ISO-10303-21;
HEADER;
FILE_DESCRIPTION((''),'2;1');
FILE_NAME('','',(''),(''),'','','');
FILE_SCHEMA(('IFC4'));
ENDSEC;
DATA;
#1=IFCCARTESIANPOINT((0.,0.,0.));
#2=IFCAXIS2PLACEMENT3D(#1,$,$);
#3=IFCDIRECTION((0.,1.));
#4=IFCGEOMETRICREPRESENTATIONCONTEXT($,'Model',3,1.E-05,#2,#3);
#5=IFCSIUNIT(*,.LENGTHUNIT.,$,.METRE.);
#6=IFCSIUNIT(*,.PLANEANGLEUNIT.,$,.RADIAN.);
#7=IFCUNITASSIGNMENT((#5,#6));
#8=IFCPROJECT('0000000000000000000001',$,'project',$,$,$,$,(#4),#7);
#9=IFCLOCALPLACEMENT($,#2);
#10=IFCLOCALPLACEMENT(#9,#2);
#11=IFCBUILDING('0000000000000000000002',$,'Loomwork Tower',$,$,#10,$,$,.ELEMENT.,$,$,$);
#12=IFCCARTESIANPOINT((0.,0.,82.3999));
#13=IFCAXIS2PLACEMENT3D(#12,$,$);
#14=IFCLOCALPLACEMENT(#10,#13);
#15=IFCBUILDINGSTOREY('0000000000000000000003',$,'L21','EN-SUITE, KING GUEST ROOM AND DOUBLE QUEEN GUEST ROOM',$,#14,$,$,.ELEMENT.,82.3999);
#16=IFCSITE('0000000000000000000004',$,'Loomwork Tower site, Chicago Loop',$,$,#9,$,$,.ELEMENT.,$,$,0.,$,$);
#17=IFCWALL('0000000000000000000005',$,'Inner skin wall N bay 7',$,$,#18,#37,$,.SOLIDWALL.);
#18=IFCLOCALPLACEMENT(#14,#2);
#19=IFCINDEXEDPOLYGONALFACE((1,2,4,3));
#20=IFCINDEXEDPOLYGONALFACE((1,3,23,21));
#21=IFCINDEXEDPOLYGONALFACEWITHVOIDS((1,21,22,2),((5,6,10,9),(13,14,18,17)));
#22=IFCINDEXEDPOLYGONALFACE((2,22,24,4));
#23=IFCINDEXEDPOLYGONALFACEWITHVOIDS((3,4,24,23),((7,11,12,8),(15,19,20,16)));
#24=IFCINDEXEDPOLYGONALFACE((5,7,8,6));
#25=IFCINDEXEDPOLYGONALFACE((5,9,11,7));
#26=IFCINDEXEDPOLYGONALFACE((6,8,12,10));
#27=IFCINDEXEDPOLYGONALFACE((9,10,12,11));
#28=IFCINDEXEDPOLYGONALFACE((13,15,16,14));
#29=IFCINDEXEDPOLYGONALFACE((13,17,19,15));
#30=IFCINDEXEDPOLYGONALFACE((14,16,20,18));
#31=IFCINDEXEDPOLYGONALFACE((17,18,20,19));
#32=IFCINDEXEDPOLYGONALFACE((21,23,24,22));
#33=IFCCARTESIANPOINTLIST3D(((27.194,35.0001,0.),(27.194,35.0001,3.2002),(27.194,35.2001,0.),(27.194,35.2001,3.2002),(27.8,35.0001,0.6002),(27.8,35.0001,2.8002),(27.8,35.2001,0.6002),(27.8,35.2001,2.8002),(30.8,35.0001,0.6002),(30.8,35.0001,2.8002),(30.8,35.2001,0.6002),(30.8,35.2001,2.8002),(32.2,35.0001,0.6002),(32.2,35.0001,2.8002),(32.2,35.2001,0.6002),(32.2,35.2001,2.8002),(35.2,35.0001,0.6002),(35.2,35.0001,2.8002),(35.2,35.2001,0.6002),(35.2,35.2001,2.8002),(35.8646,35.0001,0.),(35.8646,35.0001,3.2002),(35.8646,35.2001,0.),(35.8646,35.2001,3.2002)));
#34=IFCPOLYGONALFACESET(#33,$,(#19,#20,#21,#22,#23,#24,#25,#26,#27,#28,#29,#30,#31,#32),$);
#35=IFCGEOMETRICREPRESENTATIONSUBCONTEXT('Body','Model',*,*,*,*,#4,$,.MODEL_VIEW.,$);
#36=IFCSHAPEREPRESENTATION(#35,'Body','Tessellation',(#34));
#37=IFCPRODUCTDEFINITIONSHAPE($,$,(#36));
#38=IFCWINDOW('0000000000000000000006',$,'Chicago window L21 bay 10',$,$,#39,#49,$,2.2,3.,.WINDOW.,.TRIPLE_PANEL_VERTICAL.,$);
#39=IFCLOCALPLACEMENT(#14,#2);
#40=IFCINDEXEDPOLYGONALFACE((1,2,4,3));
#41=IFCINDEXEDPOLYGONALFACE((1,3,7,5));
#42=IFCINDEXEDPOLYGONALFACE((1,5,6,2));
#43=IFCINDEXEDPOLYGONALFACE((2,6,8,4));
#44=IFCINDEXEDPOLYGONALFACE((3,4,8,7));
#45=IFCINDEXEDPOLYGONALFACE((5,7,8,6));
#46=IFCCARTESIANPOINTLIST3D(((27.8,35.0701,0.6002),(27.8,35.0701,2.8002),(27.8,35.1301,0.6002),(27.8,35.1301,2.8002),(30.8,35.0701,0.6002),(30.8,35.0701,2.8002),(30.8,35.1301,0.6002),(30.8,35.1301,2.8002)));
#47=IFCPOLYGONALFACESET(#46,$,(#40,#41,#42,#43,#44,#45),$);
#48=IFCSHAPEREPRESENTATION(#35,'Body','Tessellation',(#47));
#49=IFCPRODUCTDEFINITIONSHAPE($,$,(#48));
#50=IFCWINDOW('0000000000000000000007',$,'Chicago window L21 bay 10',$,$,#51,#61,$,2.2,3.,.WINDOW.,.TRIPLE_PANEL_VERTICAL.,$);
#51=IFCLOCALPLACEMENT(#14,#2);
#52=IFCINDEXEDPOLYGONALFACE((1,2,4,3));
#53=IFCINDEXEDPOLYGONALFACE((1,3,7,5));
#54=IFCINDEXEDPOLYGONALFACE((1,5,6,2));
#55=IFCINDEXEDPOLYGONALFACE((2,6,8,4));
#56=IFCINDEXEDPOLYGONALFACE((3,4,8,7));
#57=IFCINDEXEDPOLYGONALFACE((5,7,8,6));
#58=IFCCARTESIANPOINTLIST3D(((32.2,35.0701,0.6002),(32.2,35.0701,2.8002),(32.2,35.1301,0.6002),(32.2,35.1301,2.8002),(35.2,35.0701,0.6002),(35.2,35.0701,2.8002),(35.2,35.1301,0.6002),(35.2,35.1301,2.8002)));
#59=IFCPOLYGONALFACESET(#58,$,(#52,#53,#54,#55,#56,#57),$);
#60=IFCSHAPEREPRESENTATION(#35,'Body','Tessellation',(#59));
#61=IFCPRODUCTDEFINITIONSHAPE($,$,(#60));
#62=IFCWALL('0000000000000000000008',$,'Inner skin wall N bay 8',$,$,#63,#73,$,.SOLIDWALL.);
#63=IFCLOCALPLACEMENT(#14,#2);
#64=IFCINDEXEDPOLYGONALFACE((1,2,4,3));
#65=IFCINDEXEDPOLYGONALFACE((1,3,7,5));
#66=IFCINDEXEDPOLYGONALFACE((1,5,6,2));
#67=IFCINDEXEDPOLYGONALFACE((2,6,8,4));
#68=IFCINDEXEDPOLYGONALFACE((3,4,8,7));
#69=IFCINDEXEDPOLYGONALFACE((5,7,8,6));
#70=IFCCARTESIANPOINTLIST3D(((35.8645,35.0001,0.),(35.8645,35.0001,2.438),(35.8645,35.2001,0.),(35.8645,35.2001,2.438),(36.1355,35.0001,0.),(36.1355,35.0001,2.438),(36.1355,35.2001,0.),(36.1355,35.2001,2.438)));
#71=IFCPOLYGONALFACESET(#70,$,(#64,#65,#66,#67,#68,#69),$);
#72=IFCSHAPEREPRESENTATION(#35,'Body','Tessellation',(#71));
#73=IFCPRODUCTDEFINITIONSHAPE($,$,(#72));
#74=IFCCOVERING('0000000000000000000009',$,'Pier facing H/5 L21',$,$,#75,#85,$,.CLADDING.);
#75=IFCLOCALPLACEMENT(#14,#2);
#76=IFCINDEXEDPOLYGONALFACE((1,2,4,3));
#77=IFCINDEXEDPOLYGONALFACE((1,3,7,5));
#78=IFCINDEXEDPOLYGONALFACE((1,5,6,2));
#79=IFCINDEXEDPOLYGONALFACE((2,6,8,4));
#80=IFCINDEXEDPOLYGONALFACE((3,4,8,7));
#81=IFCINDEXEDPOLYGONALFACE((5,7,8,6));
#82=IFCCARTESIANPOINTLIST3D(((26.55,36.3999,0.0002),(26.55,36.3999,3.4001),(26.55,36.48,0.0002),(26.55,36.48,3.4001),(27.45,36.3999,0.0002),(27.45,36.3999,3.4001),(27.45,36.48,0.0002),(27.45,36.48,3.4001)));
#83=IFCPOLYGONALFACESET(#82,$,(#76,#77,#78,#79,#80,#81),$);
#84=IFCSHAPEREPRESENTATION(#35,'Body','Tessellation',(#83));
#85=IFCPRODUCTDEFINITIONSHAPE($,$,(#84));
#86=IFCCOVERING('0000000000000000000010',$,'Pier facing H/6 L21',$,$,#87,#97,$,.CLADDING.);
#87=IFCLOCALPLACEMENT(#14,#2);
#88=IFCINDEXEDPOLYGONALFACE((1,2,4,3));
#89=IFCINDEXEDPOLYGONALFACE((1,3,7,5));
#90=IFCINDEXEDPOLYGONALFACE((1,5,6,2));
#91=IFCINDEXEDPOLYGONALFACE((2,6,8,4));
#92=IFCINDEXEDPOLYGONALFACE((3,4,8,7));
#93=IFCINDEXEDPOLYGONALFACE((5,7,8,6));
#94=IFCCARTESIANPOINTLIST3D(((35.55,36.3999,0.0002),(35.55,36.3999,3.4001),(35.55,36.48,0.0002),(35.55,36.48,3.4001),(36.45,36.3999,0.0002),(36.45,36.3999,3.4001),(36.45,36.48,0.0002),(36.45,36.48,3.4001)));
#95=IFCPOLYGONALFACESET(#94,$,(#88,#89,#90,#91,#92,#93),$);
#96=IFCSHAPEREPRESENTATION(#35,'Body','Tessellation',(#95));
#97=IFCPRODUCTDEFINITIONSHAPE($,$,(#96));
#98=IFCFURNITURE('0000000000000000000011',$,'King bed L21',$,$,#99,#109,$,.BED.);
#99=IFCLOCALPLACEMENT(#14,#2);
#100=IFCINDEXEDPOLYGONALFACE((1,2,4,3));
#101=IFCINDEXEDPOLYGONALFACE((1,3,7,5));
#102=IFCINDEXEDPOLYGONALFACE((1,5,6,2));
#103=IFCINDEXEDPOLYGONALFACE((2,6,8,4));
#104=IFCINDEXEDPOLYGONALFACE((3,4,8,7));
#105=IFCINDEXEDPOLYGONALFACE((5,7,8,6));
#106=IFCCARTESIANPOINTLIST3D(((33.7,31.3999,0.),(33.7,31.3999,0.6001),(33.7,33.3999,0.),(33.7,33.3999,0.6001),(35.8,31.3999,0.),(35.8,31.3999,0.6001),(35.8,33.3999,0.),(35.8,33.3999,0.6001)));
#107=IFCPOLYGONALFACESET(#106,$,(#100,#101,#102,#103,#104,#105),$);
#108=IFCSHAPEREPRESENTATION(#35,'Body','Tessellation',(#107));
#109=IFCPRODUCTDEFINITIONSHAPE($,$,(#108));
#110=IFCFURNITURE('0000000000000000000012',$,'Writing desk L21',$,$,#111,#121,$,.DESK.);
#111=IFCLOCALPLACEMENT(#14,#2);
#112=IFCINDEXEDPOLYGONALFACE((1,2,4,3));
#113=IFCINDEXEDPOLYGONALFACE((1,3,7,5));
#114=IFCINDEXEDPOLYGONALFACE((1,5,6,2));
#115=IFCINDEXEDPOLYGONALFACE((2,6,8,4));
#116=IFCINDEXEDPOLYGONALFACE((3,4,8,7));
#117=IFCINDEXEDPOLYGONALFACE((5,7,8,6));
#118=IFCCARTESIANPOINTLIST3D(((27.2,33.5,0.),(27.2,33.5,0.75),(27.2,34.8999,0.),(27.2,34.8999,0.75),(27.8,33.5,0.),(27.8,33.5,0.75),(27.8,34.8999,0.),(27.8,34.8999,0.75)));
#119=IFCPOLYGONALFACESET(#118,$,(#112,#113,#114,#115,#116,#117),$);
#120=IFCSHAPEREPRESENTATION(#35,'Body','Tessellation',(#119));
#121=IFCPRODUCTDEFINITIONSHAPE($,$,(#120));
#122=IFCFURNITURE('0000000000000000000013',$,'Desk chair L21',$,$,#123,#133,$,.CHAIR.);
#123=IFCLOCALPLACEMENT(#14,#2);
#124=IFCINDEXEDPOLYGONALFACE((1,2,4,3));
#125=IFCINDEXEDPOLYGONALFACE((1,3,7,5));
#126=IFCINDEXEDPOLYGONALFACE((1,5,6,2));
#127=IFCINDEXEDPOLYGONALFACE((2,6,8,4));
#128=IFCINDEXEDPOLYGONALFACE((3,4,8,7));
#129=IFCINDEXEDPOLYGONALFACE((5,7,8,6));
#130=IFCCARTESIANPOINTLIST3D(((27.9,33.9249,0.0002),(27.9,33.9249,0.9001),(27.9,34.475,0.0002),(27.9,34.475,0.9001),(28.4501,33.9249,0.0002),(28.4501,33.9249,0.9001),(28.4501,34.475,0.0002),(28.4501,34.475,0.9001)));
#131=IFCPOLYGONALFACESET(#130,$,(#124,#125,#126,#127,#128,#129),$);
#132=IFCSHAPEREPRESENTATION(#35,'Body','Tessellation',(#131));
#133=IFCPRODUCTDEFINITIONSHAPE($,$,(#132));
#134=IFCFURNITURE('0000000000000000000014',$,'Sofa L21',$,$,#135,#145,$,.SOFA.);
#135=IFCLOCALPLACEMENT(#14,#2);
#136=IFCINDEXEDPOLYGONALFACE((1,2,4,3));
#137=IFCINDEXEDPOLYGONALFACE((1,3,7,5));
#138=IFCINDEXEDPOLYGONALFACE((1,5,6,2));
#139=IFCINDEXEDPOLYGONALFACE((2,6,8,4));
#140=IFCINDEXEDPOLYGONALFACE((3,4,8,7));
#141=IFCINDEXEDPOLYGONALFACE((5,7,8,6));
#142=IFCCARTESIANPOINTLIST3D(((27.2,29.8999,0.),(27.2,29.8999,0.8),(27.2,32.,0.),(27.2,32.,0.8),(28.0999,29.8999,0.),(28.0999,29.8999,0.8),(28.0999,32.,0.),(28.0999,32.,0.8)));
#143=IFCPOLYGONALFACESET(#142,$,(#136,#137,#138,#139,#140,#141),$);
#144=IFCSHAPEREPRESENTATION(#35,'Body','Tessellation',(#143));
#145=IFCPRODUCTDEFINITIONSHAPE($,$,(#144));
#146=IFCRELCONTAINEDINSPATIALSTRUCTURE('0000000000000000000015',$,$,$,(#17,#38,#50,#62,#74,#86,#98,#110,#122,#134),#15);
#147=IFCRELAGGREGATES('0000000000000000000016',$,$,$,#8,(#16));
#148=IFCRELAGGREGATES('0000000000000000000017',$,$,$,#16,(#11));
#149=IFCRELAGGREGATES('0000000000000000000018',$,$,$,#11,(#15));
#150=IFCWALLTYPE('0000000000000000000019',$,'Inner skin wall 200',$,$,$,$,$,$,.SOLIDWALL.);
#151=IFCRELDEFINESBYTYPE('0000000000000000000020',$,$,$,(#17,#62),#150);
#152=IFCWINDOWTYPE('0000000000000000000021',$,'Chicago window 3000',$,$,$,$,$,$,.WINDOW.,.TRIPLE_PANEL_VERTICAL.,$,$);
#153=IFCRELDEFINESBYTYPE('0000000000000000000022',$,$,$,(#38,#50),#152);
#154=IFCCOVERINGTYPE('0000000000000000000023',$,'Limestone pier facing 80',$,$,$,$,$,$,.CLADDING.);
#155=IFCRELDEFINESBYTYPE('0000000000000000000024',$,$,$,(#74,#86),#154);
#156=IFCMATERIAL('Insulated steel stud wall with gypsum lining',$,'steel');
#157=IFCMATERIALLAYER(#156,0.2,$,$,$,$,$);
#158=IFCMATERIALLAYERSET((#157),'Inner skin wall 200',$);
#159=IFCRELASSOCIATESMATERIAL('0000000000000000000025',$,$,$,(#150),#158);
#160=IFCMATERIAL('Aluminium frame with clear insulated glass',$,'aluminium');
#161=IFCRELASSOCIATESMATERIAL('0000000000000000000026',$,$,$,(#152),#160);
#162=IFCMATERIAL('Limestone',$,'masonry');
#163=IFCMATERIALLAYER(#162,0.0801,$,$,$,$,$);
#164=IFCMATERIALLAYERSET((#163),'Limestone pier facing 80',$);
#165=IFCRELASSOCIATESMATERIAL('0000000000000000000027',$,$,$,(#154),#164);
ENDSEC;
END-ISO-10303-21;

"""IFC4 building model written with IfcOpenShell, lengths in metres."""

from ifc_helpers import new_model, si_unit, direction, frame, frame_2d, origin, origin_2d, place, context, subcontext, project, spatial, rectangle, extrude, material, layer, layer_set, type_object, element, fill, save


model = new_model("IFC4")

# Units and contexts
model_context = context("Model", 3, precision=1e-05, world=origin(), true_north=direction((0.0, 1.0)))
body_context = subcontext(model_context, "Body", "Model", "MODEL_VIEW")
ifc_project = project(units=[si_unit("LENGTHUNIT", "METRE"), si_unit("PLANEANGLEUNIT", "RADIAN")], contexts=[model_context])

# Site, building, storey
site_placement = place(None, origin())
site = spatial("IfcSite", under=ifc_project, at=site_placement, Name="Loomwork Tower site, Chicago Loop", CompositionType="ELEMENT", RefElevation=0.0)
building_placement = place(site_placement, origin())
building = spatial("IfcBuilding", under=site, at=building_placement, Name="Loomwork Tower", CompositionType="ELEMENT")
storey_placement = place(building_placement, frame((0.0, 0.0, 82.3999)))
storey = spatial("IfcBuildingStorey", under=building, at=storey_placement, Name="L21", Description="EN-SUITE, KING GUEST ROOM AND DOUBLE QUEEN GUEST ROOM", CompositionType="ELEMENT", Elevation=82.3999)

# Wall, openings, windows
ifc_material_1 = material(Name="Insulated steel stud wall with gypsum lining", Category="steel")
ifc_layer_1 = layer(ifc_material_1, 0.2)
ifc_layer_set_1 = layer_set([ifc_layer_1], Name="Inner skin wall 200")
wall_type_1 = type_object("IfcWallType", Name="Inner skin wall 200", PredefinedType="SOLIDWALL", material=ifc_layer_set_1)
wall_1_placement = place(storey_placement, frame((27.1938, 35.1001, 0.0), z_axis=(0.0, 0.0, 1.0), x_axis=(1.0, 0.0, 0.0)))
wall_1 = element("IfcWall", 1, at=wall_1_placement, inside=storey, type_object=wall_type_1, Name="Inner skin wall N bay 7", PredefinedType="SOLIDWALL", context=body_context, shape_type="SweptSolid", body=[
    extrude(rectangle(XDim=8.6707, YDim=0.2, at=frame_2d((4.3354, 0.0))), origin(), (0.0, 0.0, 1.0), 3.2002),
])
opening_1_placement = place(wall_1_placement, frame((0.6062, 0.0, 0.6001)))
opening_1 = element("IfcOpeningElement", 2, at=opening_1_placement, cuts=wall_1, PredefinedType="OPENING", context=body_context, shape_type="SweptSolid", body=[
    extrude(rectangle(XDim=3.0, YDim=2.2, at=frame_2d((1.5, 1.1001))), frame((0.0, 0.1099, 0.0), z_axis=(0.0, -1.0, 0.0), x_axis=(1.0, 0.0, 0.0)), (0.0, 0.0, 1.0), 0.22),
])
opening_2_placement = place(wall_1_placement, frame((5.0061, 0.0, 0.6001)))
opening_2 = element("IfcOpeningElement", 3, at=opening_2_placement, cuts=wall_1, PredefinedType="OPENING", context=body_context, shape_type="SweptSolid", body=[
    extrude(rectangle(XDim=3.0, YDim=2.2, at=frame_2d((1.5, 1.1001))), frame((0.0, 0.1099, 0.0), z_axis=(0.0, -1.0, 0.0), x_axis=(1.0, 0.0, 0.0)), (0.0, 0.0, 1.0), 0.22),
])
ifc_material_2 = material(Name="Aluminium frame with clear insulated glass", Category="aluminium")
window_type = type_object("IfcWindowType", Name="Chicago window 3000", PartitioningType="TRIPLE_PANEL_VERTICAL", PredefinedType="WINDOW", material=ifc_material_2)
window_1_placement = place(opening_1_placement, origin())
window_1 = element("IfcWindow", 4, at=window_1_placement, inside=storey, type_object=window_type, Name="Chicago window L21 bay 10", OverallHeight=2.2, OverallWidth=3.0, PartitioningType="TRIPLE_PANEL_VERTICAL", PredefinedType="WINDOW", context=body_context, shape_type="SweptSolid", body=[
    extrude(rectangle(XDim=3.0, YDim=2.2, at=frame_2d((1.5, 1.1001))), frame((0.0, 0.03, 0.0), z_axis=(0.0, -1.0, 0.0), x_axis=(1.0, 0.0, 0.0)), (0.0, 0.0, 1.0), 0.0601),
])
fill(opening_1, window_1)
window_2_placement = place(opening_2_placement, origin())
window_2 = element("IfcWindow", 5, at=window_2_placement, inside=storey, type_object=window_type, Name="Chicago window L21 bay 10", OverallHeight=2.2, OverallWidth=3.0, PartitioningType="TRIPLE_PANEL_VERTICAL", PredefinedType="WINDOW", context=body_context, shape_type="SweptSolid", body=[
    extrude(rectangle(XDim=3.0, YDim=2.2, at=frame_2d((1.5, 1.1001))), frame((0.0, 0.03, 0.0), z_axis=(0.0, -1.0, 0.0), x_axis=(1.0, 0.0, 0.0)), (0.0, 0.0, 1.0), 0.0601),
])
fill(opening_2, window_2)

# Wall
wall_2_placement = place(storey_placement, frame((35.8645, 35.1001, 0.0), z_axis=(0.0, 0.0, 1.0), x_axis=(1.0, 0.0, 0.0)))
element("IfcWall", 6, at=wall_2_placement, inside=storey, type_object=wall_type_1, Name="Inner skin wall N bay 8", PredefinedType="SOLIDWALL", context=body_context, shape_type="SweptSolid", body=[
    extrude(rectangle(XDim=0.271, YDim=0.2, at=frame_2d((0.1355, 0.0))), origin(), (0.0, 0.0, 1.0), 2.438),
])

# Coverings
ifc_material_3 = material(Name="Limestone", Category="masonry")
ifc_layer_2 = layer(ifc_material_3, 0.0801)
ifc_layer_set_2 = layer_set([ifc_layer_2], Name="Limestone pier facing 80")
covering_type = type_object("IfcCoveringType", Name="Limestone pier facing 80", PredefinedType="CLADDING", material=ifc_layer_set_2)
for number, where, z_axis, x_axis, name in (
    (7, (27.0, 36.4399, 0.0002), (0.0, 0.0, 1.0), (1.0, 0.0, 0.0), "Pier facing H/5 L21"),
    (8, (36.0, 36.4399, 0.0002), (0.0, 0.0, 1.0), (1.0, 0.0, 0.0), "Pier facing H/6 L21"),
):
    element("IfcCovering", number, at=place(storey_placement, frame(where, z_axis=z_axis, x_axis=x_axis)), inside=storey, type_object=covering_type, Name=name, PredefinedType="CLADDING", context=body_context, shape_type="SweptSolid", body=[
        extrude(rectangle(XDim=0.8999, YDim=0.0801, at=origin_2d()), origin(), (0.0, 0.0, 1.0), 3.3999),
    ])

# Furniture
furniture_1_placement = place(storey_placement, frame((34.75, 32.3999, 0.0), z_axis=(0.0, 0.0, 1.0), x_axis=(1.0, 0.0, 0.0)))
element("IfcFurniture", 9, at=furniture_1_placement, inside=storey, Name="King bed L21", PredefinedType="BED", context=body_context, shape_type="SweptSolid", body=[
    extrude(rectangle(XDim=2.1001, YDim=2.0, at=origin_2d()), origin(), (0.0, 0.0, 1.0), 0.6001),
])
furniture_2_placement = place(storey_placement, frame((27.5, 34.2, 0.0), z_axis=(0.0, 0.0, 1.0), x_axis=(1.0, 0.0, 0.0)))
element("IfcFurniture", 10, at=furniture_2_placement, inside=storey, Name="Writing desk L21", PredefinedType="DESK", context=body_context, shape_type="SweptSolid", body=[
    extrude(rectangle(XDim=0.6001, YDim=1.3999, at=origin_2d()), origin(), (0.0, 0.0, 1.0), 0.75),
])
furniture_3_placement = place(storey_placement, frame((28.175, 34.2, 0.0002), z_axis=(0.0, 0.0, 1.0), x_axis=(1.0, 0.0, 0.0)))
element("IfcFurniture", 11, at=furniture_3_placement, inside=storey, Name="Desk chair L21", PredefinedType="CHAIR", context=body_context, shape_type="SweptSolid", body=[
    extrude(rectangle(XDim=0.55, YDim=0.55, at=origin_2d()), origin(), (0.0, 0.0, 1.0), 0.8999),
])
furniture_4_placement = place(storey_placement, frame((27.6499, 30.95, 0.0), z_axis=(0.0, 0.0, 1.0), x_axis=(1.0, 0.0, 0.0)))
element("IfcFurniture", 12, at=furniture_4_placement, inside=storey, Name="Sofa L21", PredefinedType="SOFA", context=body_context, shape_type="SweptSolid", body=[
    extrude(rectangle(XDim=0.8999, YDim=2.1001, at=origin_2d()), origin(), (0.0, 0.0, 1.0), 0.8),
])

save(model, "model.ifc")
